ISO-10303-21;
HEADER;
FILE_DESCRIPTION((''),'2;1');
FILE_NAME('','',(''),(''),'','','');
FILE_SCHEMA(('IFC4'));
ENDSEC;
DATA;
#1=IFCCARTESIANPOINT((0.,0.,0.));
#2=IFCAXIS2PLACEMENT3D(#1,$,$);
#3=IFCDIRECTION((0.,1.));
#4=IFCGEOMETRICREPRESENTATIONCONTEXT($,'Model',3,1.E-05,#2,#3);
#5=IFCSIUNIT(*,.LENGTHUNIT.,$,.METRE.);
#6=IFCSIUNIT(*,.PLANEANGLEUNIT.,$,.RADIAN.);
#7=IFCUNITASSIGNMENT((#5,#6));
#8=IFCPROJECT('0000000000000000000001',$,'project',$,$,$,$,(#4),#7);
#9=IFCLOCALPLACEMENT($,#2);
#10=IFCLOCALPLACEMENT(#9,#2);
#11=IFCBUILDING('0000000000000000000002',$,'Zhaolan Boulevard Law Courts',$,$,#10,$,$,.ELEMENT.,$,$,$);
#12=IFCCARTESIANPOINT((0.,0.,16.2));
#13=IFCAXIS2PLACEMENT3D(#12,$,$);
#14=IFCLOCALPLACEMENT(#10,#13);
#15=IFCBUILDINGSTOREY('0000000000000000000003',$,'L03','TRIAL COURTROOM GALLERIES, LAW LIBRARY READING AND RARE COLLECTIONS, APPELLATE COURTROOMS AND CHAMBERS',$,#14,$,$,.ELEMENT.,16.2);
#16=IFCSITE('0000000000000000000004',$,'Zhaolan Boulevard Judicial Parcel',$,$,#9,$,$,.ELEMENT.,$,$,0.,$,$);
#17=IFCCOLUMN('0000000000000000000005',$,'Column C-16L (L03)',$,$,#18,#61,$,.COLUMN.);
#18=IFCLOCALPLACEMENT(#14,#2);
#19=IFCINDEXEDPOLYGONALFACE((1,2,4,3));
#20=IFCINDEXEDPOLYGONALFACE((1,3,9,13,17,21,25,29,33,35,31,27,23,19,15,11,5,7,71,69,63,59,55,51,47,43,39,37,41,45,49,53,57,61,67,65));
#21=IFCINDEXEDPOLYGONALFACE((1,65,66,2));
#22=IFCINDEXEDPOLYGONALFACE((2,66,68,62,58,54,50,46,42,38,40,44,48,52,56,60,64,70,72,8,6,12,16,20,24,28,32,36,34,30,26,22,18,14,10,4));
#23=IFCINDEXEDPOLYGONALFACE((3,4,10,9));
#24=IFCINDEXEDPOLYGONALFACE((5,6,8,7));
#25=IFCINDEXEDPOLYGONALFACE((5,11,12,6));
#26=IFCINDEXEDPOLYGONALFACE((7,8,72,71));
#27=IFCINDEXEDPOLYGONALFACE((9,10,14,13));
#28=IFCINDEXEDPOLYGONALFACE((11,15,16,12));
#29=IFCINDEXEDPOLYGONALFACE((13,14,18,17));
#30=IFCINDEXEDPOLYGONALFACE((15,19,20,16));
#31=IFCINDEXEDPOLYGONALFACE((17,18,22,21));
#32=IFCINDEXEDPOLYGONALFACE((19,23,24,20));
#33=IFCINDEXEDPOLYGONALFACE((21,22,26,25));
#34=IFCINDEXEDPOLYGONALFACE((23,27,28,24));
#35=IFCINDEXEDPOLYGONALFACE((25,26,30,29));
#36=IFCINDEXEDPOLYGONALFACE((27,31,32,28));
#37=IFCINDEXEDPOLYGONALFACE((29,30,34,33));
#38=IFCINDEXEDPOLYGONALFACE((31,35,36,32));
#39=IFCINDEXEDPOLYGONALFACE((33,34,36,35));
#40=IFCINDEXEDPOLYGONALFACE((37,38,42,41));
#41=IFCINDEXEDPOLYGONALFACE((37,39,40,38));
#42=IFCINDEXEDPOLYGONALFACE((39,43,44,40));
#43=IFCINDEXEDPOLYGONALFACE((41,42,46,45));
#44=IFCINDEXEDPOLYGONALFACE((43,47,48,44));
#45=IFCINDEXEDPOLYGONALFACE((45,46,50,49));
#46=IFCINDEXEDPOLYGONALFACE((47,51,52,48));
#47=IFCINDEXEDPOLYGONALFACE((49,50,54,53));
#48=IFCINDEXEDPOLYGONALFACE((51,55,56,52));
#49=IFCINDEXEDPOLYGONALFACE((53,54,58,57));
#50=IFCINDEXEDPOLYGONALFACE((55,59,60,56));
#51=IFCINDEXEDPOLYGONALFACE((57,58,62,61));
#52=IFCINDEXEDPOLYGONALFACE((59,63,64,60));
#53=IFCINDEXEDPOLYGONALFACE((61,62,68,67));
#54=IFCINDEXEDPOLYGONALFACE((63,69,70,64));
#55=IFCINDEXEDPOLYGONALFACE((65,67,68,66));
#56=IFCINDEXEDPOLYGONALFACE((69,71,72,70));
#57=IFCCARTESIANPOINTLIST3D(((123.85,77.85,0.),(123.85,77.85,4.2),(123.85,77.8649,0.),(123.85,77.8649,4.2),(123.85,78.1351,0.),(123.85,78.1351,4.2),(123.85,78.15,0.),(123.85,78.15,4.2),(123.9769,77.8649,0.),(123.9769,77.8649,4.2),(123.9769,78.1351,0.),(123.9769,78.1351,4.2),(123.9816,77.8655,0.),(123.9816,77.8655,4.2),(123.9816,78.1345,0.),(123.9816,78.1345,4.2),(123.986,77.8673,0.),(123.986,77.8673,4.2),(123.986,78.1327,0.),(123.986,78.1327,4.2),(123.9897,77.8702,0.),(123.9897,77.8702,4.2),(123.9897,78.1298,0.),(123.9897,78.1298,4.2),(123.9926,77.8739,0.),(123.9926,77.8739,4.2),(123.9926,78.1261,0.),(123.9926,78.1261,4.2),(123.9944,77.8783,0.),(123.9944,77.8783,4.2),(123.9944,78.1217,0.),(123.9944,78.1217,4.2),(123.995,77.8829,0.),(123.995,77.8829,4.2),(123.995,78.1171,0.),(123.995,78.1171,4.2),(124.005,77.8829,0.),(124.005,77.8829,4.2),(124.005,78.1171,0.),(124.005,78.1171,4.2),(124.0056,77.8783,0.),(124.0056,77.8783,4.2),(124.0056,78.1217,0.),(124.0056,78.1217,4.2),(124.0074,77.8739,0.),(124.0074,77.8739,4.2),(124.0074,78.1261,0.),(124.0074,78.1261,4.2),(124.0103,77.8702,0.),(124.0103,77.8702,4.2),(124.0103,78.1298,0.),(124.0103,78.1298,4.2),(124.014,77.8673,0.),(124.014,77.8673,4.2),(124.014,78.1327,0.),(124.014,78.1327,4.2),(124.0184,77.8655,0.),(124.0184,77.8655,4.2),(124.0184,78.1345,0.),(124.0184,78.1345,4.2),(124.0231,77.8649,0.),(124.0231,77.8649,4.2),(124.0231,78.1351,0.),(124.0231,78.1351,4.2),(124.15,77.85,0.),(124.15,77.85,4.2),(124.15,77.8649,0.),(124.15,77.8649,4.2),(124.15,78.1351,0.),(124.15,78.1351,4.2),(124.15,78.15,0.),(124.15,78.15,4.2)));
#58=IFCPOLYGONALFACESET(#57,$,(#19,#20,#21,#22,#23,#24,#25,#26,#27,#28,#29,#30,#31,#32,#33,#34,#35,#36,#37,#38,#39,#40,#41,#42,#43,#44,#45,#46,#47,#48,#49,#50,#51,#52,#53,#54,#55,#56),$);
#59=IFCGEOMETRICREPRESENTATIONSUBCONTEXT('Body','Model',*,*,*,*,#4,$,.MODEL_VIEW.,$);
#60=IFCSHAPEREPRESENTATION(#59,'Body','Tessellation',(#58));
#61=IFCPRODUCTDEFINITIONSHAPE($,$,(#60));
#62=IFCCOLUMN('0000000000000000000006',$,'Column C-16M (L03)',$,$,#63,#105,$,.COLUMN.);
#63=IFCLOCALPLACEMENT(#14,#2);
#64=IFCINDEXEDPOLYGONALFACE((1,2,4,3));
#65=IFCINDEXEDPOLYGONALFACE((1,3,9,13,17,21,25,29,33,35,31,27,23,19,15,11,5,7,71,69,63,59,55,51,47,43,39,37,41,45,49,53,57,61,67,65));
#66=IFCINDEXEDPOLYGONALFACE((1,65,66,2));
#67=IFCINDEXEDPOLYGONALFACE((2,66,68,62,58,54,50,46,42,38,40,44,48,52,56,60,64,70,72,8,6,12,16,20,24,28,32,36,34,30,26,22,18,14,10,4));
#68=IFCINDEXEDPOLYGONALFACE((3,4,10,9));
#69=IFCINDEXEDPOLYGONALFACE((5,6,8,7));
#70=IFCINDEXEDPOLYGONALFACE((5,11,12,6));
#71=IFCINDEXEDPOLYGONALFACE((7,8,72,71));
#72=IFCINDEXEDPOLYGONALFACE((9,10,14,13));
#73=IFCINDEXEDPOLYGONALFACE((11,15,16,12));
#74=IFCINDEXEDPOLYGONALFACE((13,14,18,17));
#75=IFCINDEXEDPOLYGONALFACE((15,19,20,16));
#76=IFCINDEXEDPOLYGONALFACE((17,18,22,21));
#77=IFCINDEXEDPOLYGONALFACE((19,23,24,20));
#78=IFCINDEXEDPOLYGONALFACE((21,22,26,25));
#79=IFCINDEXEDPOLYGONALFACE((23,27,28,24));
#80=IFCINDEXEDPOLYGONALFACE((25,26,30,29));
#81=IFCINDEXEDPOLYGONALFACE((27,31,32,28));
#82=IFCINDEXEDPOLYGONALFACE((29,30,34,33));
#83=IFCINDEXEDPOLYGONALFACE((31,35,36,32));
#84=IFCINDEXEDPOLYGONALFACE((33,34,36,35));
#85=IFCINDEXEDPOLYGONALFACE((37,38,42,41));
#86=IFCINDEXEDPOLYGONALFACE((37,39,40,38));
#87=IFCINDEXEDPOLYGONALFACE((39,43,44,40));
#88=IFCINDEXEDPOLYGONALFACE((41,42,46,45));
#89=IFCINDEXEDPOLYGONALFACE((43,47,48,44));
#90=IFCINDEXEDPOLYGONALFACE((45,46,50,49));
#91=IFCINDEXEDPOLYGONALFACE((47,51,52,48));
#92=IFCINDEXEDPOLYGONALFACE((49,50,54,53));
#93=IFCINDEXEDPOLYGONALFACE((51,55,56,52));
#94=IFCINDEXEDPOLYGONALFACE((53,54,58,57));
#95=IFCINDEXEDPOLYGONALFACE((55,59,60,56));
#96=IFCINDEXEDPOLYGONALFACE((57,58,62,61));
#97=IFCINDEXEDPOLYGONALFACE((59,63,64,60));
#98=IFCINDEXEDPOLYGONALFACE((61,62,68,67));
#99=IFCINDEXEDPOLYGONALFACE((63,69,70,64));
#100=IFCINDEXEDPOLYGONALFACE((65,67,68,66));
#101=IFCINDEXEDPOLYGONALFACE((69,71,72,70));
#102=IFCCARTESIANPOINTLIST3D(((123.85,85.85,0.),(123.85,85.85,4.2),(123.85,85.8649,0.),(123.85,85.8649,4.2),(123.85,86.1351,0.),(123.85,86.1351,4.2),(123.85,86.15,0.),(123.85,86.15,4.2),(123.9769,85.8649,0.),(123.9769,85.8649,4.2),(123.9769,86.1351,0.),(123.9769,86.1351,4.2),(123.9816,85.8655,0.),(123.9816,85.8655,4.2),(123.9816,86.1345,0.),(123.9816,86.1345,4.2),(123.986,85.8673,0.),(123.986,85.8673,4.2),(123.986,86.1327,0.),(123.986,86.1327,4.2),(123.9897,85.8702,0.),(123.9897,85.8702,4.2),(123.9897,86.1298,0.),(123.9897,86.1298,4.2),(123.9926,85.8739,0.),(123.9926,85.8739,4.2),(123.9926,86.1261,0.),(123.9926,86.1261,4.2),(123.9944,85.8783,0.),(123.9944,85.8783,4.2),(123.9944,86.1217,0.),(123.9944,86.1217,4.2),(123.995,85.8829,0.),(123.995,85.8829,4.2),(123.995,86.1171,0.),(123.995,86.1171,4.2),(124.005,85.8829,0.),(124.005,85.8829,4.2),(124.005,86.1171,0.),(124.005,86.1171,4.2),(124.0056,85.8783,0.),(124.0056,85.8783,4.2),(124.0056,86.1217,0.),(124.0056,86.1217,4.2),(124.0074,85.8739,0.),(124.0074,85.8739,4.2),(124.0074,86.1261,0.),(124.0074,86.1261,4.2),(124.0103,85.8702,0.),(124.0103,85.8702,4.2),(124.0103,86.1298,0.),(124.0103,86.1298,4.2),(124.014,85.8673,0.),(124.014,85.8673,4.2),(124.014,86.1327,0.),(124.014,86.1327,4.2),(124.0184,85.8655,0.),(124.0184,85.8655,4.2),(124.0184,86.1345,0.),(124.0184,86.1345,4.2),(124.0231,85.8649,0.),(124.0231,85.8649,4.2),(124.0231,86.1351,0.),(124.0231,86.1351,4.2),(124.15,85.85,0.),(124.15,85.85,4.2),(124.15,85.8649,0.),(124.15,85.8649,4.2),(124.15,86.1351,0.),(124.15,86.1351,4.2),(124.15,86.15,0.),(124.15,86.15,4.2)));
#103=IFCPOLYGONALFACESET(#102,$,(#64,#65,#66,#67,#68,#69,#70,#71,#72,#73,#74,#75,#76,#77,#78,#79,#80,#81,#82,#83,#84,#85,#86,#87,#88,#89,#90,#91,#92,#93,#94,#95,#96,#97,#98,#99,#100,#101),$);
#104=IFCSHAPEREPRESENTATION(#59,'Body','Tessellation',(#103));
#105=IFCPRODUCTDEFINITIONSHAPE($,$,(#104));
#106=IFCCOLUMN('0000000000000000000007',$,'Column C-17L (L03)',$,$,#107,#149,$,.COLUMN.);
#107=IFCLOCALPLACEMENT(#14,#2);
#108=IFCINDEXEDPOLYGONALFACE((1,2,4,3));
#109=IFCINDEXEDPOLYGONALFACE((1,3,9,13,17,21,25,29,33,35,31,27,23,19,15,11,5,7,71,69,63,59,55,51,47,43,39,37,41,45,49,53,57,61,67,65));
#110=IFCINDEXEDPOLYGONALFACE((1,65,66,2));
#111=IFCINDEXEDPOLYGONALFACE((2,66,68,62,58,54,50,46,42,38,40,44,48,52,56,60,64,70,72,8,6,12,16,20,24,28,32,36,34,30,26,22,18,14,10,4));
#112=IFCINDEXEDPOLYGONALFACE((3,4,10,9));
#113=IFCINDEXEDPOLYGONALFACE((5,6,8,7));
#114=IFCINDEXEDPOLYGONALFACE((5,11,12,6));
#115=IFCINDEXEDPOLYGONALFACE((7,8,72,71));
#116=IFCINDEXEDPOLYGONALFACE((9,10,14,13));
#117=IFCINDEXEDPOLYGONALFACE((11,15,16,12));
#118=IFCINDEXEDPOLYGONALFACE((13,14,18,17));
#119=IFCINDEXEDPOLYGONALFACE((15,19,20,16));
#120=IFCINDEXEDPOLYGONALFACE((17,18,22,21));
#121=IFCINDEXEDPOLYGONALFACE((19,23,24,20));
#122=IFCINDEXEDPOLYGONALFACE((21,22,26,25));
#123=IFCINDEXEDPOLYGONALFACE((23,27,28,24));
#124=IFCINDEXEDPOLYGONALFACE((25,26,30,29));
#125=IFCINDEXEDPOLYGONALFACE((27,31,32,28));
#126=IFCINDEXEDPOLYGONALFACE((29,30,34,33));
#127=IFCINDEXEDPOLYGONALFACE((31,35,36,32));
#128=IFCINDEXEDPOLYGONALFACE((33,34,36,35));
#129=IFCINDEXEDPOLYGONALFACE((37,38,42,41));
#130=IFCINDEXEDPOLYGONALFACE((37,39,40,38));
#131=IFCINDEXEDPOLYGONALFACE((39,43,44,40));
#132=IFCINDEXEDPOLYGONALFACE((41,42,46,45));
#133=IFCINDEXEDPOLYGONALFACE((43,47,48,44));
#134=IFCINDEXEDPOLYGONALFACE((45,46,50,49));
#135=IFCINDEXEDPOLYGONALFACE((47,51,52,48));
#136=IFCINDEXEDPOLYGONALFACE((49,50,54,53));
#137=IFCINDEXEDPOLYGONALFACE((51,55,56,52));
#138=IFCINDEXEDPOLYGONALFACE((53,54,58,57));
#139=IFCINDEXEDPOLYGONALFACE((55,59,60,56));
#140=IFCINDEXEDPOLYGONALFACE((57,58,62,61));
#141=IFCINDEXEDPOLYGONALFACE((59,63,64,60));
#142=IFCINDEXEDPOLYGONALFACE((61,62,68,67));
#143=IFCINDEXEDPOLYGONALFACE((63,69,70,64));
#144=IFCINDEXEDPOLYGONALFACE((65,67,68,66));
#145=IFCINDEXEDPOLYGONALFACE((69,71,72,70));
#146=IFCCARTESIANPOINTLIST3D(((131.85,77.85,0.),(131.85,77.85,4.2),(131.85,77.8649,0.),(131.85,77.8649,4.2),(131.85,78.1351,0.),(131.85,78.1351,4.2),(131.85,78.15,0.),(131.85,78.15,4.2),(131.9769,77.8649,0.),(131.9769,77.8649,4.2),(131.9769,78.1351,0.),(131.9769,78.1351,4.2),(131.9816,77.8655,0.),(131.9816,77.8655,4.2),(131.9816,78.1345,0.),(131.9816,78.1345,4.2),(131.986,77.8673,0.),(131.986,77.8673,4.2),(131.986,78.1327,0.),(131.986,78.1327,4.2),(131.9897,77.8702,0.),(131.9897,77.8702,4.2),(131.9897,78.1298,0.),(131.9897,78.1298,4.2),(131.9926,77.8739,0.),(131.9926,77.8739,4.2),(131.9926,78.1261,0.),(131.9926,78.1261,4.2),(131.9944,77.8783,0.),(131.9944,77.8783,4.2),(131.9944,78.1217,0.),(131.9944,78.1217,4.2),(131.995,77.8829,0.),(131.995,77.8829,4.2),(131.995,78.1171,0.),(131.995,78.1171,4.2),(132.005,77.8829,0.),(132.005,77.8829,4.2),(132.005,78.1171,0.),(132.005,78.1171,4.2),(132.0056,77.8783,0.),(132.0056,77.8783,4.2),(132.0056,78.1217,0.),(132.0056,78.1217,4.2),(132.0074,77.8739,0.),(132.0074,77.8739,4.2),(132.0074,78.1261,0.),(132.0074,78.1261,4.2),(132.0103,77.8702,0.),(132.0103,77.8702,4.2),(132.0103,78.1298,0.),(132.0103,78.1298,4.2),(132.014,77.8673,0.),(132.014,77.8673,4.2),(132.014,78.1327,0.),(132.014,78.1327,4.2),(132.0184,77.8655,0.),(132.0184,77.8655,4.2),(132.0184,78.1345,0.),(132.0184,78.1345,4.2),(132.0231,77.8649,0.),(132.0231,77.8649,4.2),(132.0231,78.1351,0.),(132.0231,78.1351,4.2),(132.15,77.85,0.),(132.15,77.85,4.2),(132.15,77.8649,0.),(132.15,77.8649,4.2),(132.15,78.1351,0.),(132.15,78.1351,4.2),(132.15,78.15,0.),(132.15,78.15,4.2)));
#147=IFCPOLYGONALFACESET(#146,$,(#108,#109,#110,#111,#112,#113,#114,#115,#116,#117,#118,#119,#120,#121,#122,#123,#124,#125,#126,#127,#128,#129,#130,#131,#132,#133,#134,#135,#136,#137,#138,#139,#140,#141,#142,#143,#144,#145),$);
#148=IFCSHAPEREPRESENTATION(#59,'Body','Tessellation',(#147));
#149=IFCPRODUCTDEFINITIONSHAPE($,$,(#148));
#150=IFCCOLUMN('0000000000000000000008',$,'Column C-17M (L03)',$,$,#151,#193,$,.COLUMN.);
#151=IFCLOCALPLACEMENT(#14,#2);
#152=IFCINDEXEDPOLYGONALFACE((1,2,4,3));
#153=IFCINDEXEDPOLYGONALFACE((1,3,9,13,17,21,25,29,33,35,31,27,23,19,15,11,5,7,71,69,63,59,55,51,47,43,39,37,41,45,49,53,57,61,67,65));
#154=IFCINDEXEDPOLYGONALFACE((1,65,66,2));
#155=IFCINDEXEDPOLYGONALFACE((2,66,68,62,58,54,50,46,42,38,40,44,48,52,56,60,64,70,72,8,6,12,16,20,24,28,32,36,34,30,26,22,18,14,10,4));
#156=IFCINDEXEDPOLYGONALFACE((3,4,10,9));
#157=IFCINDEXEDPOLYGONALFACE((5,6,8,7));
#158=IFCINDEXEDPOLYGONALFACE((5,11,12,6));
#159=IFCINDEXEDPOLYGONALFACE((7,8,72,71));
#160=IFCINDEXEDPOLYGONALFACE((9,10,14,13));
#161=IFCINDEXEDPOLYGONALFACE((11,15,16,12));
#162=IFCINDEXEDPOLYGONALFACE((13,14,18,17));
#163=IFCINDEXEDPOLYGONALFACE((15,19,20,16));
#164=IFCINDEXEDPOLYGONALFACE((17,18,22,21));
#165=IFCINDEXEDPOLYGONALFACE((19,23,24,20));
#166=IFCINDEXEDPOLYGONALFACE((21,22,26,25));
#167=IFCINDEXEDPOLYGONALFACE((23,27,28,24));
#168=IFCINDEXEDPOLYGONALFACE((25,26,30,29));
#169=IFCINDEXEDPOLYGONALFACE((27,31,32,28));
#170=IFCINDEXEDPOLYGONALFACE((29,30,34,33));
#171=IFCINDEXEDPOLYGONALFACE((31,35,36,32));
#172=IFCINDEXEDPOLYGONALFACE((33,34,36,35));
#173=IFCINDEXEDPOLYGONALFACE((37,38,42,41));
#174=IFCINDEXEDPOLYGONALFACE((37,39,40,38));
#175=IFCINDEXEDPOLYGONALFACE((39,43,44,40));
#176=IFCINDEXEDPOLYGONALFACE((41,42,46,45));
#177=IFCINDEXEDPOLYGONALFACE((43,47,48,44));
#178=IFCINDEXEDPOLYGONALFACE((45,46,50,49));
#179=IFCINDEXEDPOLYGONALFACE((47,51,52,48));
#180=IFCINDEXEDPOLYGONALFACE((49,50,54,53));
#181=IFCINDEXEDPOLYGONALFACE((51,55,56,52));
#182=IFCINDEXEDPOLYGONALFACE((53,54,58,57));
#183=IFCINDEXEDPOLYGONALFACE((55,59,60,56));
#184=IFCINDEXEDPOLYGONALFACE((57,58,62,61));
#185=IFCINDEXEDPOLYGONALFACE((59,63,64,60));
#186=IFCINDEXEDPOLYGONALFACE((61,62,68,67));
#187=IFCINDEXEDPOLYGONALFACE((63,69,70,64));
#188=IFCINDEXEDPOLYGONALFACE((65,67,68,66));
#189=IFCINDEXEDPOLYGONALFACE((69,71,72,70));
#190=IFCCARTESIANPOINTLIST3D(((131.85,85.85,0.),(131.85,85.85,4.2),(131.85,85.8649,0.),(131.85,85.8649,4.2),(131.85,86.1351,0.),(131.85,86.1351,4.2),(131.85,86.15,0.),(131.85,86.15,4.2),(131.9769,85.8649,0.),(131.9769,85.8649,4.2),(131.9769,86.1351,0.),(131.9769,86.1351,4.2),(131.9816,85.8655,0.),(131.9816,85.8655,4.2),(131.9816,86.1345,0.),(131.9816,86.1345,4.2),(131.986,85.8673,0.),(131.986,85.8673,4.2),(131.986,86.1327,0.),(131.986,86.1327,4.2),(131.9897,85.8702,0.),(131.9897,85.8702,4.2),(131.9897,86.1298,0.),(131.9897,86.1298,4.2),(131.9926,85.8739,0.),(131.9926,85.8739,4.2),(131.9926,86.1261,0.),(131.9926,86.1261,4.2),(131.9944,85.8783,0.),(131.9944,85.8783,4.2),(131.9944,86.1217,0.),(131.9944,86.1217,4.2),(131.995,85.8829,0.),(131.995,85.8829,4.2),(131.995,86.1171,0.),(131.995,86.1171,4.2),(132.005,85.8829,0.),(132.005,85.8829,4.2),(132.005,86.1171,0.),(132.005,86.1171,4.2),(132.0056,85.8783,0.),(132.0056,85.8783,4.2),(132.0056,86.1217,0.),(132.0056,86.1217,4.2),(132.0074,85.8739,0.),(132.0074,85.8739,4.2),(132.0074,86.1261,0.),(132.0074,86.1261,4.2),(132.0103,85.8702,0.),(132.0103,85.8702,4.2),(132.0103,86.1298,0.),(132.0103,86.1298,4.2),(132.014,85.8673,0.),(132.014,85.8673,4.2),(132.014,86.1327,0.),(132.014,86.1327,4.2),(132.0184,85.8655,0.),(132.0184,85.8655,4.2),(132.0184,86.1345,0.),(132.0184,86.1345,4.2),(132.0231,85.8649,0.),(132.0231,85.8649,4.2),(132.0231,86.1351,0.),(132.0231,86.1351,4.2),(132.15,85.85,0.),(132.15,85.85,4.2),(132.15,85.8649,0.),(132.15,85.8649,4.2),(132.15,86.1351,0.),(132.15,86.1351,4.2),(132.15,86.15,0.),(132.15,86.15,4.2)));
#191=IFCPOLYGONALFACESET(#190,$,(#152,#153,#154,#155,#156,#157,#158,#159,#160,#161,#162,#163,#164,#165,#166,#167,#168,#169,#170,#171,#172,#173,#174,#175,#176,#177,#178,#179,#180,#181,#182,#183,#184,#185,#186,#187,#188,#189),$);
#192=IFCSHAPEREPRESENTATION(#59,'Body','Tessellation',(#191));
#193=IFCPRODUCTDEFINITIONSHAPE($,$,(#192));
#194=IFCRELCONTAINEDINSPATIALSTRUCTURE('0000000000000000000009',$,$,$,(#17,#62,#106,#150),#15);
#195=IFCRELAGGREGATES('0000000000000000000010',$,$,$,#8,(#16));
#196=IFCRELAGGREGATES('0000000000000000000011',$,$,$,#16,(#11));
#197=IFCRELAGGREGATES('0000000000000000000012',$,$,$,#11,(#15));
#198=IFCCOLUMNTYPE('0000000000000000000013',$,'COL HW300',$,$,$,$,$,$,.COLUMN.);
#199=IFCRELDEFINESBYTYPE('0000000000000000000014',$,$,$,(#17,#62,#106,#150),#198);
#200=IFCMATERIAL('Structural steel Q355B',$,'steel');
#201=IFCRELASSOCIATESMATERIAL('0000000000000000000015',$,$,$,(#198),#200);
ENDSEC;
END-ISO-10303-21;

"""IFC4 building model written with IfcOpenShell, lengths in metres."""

from ifc_helpers import new_model, si_unit, direction, frame, origin, origin_2d, place, context, subcontext, project, spatial, i_section, extrude, material, material_profile, profile_set, type_object, element, save


model = new_model("IFC4")

# Units and contexts
model_context = context("Model", 3, precision=1e-05, world=origin(), true_north=direction((0.0, 1.0)))
body_context = subcontext(model_context, "Body", "Model", "MODEL_VIEW")
ifc_project = project(units=[si_unit("LENGTHUNIT", "METRE"), si_unit("PLANEANGLEUNIT", "RADIAN")], contexts=[model_context])

# Site, building, storey
site_placement = place(None, origin())
site = spatial("IfcSite", under=ifc_project, at=site_placement, Name="Zhaolan Boulevard Judicial Parcel", CompositionType="ELEMENT", RefElevation=0.0)
building_placement = place(site_placement, origin())
building = spatial("IfcBuilding", under=site, at=building_placement, Name="Zhaolan Boulevard Law Courts", CompositionType="ELEMENT")
storey_placement = place(building_placement, frame((0.0, 0.0, 16.2)))
storey = spatial("IfcBuildingStorey", under=building, at=storey_placement, Name="L03", Description="TRIAL COURTROOM GALLERIES, LAW LIBRARY READING AND RARE COLLECTIONS, APPELLATE COURTROOMS AND CHAMBERS", CompositionType="ELEMENT", Elevation=16.2)

# Columns
ifc_material_1 = material(Name="Structural steel Q355B", Category="steel")
ifc_material_profile_1 = material_profile(ifc_material_1, i_section(OverallWidth=0.3, OverallDepth=0.3, WebThickness=0.01, FlangeThickness=0.0149, FilletRadius=0.0181, at=origin_2d()), Name="HW300x300")
ifc_profile_set_1 = profile_set([ifc_material_profile_1], Name="Structural steel Q355B")
column_type = type_object("IfcColumnType", Name="COL HW300", PredefinedType="COLUMN", material=ifc_profile_set_1)
for number, where, z_axis, x_axis, name in (
    (1, (124.0, 78.0, 0.0), (0.0, 0.0, 1.0), (1.0, 0.0, 0.0), "Column C-16L (L03)"),
    (2, (124.0, 86.0, 0.0), (0.0, 0.0, 1.0), (1.0, 0.0, 0.0), "Column C-16M (L03)"),
    (3, (132.0, 78.0, 0.0), (0.0, 0.0, 1.0), (1.0, 0.0, 0.0), "Column C-17L (L03)"),
    (4, (132.0, 86.0, 0.0), (0.0, 0.0, 1.0), (1.0, 0.0, 0.0), "Column C-17M (L03)"),
):
    element("IfcColumn", number, at=place(storey_placement, frame(where, z_axis=z_axis, x_axis=x_axis)), inside=storey, type_object=column_type, Name=name, PredefinedType="COLUMN", context=body_context, shape_type="SweptSolid", body=[
        extrude(i_section(OverallWidth=0.3, OverallDepth=0.3, WebThickness=0.01, FlangeThickness=0.0149, FilletRadius=0.0181, at=origin_2d()), origin(), (0.0, 0.0, 1.0), 4.2),
    ])

save(model, "model.ifc")
